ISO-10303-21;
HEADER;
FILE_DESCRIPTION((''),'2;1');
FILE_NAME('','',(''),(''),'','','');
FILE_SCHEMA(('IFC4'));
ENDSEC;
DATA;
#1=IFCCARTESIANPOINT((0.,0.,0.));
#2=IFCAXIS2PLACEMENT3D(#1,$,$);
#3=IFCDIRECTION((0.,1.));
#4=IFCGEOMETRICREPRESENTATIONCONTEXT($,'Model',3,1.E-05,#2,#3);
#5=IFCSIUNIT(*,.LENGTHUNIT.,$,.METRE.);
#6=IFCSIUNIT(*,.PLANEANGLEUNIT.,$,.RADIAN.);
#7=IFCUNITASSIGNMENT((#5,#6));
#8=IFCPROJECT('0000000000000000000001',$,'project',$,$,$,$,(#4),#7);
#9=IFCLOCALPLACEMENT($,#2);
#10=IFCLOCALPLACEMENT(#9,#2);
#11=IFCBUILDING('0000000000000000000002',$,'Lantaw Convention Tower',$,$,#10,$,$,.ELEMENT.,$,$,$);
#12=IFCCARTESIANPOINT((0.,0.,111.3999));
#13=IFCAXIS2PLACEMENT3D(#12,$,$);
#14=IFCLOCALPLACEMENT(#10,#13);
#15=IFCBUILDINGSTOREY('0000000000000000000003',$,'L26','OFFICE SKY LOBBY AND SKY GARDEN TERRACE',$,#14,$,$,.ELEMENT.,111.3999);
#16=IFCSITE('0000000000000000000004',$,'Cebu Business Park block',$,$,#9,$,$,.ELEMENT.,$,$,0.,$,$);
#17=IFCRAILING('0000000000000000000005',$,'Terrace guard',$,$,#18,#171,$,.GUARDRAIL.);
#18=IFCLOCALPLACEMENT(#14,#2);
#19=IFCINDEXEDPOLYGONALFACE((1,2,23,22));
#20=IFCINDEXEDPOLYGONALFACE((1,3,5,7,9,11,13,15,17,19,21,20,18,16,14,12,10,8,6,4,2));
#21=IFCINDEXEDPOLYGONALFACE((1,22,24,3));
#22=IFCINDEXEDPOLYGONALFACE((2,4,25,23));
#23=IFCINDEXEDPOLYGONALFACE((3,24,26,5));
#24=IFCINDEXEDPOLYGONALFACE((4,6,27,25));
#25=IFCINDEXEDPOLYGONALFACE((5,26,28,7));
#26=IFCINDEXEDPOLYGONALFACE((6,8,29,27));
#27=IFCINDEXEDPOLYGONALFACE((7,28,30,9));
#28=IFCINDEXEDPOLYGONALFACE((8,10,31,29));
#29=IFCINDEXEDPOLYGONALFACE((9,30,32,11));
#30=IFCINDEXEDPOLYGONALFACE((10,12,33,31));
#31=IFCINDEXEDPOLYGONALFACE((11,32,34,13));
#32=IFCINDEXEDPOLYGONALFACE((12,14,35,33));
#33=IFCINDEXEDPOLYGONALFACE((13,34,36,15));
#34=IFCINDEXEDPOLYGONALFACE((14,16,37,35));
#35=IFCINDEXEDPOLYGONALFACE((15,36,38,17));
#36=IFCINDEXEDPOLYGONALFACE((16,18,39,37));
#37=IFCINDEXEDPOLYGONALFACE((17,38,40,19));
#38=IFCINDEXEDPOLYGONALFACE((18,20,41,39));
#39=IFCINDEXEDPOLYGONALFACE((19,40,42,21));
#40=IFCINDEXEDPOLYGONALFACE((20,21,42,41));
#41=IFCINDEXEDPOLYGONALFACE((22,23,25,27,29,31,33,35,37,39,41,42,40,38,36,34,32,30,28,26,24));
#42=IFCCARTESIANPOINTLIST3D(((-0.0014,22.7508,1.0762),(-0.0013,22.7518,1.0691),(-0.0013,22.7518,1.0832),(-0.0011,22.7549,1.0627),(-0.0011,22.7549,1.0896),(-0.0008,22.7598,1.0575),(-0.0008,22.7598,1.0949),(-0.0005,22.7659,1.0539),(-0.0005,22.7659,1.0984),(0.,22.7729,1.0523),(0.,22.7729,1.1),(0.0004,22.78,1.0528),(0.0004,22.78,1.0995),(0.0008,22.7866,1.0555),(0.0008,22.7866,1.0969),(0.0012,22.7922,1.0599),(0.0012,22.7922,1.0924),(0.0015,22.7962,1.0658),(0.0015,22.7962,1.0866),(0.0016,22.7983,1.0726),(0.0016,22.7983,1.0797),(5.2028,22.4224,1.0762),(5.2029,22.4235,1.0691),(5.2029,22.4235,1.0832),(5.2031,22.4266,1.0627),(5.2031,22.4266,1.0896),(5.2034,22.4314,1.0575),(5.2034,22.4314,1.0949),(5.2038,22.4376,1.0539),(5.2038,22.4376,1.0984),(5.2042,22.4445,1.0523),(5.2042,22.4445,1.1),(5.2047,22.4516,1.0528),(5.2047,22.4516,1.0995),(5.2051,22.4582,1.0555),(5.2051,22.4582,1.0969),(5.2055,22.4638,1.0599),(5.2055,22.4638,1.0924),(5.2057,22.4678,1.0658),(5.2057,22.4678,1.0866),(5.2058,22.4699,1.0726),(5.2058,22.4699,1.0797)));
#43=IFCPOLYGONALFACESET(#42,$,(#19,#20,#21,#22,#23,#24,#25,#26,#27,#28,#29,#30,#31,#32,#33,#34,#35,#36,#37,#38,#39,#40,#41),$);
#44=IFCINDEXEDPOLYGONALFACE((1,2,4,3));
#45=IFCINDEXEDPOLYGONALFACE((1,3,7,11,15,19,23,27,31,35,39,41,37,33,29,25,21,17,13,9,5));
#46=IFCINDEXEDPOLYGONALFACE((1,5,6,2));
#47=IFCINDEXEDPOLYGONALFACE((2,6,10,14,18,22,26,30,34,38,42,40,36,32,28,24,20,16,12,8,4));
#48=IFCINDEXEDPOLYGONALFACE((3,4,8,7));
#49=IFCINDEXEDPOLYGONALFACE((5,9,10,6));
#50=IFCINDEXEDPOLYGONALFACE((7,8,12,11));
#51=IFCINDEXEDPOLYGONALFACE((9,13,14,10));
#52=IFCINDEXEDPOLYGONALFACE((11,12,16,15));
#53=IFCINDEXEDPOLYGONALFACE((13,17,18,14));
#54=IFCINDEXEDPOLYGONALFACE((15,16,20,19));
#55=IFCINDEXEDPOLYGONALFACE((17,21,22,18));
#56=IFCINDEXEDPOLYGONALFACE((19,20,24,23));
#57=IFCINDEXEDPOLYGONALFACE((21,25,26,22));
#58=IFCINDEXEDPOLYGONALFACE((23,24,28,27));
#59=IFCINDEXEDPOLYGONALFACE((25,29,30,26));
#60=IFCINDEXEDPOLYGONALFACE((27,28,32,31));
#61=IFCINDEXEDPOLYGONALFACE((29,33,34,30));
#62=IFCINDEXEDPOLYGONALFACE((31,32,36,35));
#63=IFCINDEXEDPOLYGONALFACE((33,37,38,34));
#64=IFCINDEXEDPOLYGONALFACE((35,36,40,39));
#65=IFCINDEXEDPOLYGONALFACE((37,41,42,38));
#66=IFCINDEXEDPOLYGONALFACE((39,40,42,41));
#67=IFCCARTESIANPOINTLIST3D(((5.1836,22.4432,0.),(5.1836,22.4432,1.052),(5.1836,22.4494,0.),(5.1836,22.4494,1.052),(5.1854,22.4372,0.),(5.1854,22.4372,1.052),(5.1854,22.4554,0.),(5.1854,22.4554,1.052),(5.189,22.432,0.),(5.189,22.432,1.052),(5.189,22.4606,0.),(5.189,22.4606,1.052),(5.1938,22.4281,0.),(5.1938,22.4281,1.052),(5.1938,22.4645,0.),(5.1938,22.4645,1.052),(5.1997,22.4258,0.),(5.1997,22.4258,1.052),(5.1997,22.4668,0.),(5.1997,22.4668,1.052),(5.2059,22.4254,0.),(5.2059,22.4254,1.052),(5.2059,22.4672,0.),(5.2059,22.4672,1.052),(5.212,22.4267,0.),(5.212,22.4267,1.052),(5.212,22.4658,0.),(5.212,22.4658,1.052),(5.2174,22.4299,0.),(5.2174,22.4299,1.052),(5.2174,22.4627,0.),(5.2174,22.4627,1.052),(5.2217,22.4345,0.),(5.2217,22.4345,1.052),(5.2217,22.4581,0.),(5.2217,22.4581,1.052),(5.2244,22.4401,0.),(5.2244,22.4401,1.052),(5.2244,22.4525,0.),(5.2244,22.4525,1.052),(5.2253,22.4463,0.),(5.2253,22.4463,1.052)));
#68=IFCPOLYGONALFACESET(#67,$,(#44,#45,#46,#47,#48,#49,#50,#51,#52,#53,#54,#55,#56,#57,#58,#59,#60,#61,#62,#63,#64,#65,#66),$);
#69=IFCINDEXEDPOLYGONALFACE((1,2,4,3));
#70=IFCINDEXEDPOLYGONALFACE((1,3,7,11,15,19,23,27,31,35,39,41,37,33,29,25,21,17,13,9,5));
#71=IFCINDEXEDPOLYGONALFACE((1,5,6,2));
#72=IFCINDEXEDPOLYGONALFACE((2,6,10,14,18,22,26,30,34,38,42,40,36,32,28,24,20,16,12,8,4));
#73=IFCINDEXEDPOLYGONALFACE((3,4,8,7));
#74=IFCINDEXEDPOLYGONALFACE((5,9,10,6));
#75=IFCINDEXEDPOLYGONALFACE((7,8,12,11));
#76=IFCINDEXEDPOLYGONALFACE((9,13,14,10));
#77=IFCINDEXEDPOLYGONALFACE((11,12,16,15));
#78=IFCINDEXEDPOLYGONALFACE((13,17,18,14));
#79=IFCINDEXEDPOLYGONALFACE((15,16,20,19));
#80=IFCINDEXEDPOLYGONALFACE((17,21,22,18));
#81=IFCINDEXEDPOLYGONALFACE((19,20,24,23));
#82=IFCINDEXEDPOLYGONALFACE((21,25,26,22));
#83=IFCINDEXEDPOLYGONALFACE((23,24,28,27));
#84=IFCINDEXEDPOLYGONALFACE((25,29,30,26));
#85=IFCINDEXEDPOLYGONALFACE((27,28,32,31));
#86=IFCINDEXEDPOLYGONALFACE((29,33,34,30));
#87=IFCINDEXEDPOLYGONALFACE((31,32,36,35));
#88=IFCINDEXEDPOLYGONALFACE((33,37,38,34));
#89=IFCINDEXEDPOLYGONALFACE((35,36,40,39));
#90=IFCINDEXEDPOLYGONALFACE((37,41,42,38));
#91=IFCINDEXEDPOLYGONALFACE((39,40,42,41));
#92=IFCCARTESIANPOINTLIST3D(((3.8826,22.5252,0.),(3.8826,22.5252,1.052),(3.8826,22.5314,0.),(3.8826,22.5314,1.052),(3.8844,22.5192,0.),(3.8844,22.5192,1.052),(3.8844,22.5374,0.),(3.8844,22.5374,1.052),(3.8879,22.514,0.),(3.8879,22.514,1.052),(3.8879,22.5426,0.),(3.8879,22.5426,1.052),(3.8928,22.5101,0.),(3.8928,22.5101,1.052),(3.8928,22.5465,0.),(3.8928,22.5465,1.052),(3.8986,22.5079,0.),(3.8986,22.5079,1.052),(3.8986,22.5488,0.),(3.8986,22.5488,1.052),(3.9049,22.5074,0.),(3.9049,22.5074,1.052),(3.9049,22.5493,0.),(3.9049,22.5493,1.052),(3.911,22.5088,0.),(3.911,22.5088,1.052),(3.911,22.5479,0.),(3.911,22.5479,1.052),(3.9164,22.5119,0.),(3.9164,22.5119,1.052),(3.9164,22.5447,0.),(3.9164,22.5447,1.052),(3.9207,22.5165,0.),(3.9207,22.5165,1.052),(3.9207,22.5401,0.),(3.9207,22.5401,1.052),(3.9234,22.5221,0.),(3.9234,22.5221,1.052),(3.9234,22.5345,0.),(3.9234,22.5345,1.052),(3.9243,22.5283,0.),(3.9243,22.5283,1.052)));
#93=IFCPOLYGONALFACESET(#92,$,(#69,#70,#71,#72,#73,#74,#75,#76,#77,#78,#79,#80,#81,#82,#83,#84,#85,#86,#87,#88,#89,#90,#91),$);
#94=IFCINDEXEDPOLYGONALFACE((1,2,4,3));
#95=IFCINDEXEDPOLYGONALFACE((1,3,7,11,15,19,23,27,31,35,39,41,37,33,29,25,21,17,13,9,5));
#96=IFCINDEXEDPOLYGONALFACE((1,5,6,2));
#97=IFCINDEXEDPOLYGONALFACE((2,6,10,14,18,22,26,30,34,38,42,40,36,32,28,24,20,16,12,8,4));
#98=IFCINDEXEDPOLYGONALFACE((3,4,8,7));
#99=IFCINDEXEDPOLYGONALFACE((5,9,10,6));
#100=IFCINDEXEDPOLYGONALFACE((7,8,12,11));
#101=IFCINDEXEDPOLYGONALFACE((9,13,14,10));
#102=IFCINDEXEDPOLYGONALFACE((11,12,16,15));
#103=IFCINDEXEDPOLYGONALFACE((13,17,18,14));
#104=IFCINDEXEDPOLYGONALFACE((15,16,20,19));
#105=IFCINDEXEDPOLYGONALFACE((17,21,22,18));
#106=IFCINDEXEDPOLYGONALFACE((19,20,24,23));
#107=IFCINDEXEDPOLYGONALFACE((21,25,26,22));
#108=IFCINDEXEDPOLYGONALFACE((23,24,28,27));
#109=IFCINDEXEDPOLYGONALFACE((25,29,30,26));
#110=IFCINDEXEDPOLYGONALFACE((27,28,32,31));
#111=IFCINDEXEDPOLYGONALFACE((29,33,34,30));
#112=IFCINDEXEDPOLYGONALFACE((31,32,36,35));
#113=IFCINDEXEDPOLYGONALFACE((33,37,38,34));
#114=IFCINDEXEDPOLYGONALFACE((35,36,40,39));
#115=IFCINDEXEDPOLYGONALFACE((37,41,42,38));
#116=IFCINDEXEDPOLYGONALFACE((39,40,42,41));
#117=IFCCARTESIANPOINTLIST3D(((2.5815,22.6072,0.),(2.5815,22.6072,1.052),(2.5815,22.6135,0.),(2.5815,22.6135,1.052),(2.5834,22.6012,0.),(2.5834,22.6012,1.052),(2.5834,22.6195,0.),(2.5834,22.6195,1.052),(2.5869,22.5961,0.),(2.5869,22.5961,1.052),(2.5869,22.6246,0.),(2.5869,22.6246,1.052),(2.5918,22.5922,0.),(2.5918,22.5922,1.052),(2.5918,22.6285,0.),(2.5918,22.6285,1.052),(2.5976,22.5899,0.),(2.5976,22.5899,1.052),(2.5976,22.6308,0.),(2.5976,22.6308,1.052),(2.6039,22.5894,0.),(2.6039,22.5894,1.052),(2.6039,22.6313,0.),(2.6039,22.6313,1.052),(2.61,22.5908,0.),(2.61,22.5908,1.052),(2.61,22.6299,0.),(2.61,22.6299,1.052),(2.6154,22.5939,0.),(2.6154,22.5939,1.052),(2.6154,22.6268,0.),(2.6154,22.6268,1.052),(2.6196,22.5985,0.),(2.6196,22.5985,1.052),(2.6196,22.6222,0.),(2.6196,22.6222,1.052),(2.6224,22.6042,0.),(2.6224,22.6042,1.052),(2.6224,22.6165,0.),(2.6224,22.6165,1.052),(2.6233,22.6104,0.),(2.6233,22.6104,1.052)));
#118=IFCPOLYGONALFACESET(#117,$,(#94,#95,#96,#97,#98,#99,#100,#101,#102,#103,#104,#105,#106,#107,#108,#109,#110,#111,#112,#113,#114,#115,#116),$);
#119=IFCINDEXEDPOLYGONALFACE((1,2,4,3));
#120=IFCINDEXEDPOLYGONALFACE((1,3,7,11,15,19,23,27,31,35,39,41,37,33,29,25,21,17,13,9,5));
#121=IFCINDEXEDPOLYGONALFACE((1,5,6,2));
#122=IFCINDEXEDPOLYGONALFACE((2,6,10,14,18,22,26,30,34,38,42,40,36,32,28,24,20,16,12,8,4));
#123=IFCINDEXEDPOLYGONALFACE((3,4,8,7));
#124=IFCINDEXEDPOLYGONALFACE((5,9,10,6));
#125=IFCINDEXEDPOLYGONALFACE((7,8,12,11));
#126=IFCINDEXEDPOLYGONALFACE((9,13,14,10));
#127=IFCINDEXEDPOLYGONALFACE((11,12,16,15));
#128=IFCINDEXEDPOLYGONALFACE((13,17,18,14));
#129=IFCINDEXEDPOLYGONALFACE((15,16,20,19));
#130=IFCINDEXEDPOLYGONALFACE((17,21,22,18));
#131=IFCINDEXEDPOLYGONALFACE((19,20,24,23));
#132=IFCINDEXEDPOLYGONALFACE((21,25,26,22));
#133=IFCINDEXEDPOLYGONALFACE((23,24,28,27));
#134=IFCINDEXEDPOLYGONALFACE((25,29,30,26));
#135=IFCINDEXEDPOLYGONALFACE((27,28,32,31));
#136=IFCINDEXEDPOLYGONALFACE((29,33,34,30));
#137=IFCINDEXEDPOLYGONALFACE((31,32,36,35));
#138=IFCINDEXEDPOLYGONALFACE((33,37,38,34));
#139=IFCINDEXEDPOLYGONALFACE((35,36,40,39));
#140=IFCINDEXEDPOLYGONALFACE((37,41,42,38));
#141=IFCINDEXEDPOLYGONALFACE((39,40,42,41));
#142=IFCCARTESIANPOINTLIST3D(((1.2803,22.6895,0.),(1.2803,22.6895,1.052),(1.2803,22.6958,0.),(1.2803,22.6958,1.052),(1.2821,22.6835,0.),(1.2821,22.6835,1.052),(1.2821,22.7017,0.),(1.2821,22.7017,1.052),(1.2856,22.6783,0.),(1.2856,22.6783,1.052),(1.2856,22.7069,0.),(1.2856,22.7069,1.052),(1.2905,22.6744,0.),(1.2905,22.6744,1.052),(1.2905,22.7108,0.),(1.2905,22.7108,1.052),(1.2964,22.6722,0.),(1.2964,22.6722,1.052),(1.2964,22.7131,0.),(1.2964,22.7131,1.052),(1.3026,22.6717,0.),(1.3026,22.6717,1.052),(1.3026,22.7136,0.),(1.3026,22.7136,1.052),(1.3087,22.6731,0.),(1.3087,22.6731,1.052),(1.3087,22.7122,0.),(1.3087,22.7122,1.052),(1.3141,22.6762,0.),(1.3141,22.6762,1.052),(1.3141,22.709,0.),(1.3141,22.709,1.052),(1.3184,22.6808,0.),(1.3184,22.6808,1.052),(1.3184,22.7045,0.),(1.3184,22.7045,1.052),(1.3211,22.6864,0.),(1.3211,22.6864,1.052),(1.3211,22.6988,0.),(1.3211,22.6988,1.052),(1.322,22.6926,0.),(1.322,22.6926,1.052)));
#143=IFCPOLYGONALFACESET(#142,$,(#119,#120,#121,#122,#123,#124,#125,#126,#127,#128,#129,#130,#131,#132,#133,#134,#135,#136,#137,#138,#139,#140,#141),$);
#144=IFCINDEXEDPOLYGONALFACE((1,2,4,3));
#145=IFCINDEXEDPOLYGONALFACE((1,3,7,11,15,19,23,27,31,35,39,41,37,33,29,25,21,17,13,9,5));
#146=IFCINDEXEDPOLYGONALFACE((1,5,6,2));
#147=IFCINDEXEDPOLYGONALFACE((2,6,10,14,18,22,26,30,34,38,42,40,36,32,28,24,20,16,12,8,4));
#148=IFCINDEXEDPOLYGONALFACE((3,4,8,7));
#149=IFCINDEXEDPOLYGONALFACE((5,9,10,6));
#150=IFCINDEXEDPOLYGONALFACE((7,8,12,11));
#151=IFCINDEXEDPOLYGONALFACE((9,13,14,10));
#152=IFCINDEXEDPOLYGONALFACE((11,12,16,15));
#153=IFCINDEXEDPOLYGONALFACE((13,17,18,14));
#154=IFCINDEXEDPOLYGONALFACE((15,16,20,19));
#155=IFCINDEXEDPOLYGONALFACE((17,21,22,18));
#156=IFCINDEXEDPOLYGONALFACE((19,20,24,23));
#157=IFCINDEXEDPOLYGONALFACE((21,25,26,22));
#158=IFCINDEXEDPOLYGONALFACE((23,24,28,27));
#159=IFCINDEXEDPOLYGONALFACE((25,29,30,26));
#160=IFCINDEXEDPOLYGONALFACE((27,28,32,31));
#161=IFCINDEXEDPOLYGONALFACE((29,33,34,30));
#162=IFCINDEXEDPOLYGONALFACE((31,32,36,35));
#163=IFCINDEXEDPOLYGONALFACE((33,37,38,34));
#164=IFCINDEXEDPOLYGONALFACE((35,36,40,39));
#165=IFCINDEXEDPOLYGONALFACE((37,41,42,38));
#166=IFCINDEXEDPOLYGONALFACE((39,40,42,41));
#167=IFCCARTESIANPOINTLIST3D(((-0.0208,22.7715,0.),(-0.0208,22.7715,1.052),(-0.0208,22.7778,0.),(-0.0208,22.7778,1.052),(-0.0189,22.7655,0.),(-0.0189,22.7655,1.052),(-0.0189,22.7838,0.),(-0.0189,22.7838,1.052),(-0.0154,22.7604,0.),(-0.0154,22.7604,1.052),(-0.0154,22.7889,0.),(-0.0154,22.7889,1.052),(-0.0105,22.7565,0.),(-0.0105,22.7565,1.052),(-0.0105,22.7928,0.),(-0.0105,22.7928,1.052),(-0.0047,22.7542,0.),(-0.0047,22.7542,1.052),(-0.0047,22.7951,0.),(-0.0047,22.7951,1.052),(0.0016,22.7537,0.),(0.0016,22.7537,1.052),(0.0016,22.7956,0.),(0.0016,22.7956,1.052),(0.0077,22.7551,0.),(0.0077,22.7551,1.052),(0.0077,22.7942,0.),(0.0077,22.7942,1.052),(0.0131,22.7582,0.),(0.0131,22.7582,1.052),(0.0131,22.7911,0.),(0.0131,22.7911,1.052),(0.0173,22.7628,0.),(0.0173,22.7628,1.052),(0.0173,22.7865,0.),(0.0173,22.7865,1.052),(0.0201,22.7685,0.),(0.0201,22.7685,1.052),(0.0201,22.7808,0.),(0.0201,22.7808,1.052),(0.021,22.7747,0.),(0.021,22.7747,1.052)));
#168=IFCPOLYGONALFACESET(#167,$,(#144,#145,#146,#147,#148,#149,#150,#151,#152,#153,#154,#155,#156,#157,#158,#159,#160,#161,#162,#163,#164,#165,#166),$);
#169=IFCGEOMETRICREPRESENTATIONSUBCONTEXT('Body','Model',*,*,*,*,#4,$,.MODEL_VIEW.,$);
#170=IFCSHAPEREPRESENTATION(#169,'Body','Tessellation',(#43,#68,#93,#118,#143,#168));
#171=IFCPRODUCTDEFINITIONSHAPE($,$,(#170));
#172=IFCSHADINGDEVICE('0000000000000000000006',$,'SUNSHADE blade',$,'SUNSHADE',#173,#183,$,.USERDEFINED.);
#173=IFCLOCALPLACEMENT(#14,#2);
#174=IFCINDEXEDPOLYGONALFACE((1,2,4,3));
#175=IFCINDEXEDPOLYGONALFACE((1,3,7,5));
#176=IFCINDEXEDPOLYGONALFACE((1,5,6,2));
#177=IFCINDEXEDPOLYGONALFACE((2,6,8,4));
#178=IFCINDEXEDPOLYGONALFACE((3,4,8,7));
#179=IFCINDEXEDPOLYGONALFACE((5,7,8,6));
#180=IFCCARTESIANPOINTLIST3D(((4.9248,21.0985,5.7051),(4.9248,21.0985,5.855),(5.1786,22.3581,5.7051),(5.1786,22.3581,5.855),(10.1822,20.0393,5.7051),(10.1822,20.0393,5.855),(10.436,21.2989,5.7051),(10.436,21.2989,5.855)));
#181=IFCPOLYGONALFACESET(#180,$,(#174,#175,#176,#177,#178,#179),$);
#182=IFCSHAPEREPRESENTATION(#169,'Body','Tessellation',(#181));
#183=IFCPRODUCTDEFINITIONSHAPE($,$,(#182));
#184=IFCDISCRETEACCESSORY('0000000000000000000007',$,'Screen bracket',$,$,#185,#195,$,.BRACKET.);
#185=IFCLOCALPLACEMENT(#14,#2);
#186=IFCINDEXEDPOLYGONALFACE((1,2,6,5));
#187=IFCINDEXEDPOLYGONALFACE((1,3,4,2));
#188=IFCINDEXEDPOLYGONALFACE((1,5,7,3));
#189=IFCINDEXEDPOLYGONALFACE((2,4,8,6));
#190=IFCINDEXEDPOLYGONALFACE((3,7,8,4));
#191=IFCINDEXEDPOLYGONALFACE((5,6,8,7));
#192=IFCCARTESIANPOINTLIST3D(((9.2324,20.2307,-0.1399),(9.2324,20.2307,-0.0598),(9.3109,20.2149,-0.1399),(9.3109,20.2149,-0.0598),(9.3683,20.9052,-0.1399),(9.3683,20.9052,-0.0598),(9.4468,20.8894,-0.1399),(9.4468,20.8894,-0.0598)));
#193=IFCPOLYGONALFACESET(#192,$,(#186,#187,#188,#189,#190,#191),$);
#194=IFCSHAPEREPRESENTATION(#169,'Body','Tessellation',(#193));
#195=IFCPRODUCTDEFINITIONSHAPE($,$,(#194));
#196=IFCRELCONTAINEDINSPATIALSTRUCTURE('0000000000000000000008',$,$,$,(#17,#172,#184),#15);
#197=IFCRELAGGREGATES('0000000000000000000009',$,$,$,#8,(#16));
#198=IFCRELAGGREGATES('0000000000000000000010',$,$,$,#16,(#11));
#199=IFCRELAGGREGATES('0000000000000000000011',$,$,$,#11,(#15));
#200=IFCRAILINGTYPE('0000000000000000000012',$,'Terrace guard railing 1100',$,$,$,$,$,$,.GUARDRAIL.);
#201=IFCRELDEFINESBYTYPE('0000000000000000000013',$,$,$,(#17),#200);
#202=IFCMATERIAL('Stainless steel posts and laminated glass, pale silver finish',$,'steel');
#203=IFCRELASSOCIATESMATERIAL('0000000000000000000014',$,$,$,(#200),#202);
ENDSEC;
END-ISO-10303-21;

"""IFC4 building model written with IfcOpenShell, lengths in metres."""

from ifc_helpers import new_model, si_unit, direction, frame, origin, origin_2d, place, context, subcontext, project, spatial, rectangle, circle, extrude, material, type_object, element, save


model = new_model("IFC4")

# Units and contexts
model_context = context("Model", 3, precision=1e-05, world=origin(), true_north=direction((0.0, 1.0)))
body_context = subcontext(model_context, "Body", "Model", "MODEL_VIEW")
ifc_project = project(units=[si_unit("LENGTHUNIT", "METRE"), si_unit("PLANEANGLEUNIT", "RADIAN")], contexts=[model_context])

# Site, building, storey
site_placement = place(None, origin())
site = spatial("IfcSite", under=ifc_project, at=site_placement, Name="Cebu Business Park block", CompositionType="ELEMENT", RefElevation=0.0)
building_placement = place(site_placement, origin())
building = spatial("IfcBuilding", under=site, at=building_placement, Name="Lantaw Convention Tower", CompositionType="ELEMENT")
storey_placement = place(building_placement, frame((0.0, 0.0, 111.3999)))
storey = spatial("IfcBuildingStorey", under=building, at=storey_placement, Name="L26", Description="OFFICE SKY LOBBY AND SKY GARDEN TERRACE", CompositionType="ELEMENT", Elevation=111.3999)

# Railing
ifc_material_1 = material(Name="Stainless steel posts and laminated glass, pale silver finish", Category="steel")
railing_type = type_object("IfcRailingType", Name="Terrace guard railing 1100", PredefinedType="GUARDRAIL", material=ifc_material_1)
railing_1_placement = place(storey_placement, frame((5.2043, 22.4463, 0.0)))
element("IfcRailing", 1, at=railing_1_placement, inside=storey, type_object=railing_type, Name="Terrace guard", PredefinedType="GUARDRAIL", context=body_context, shape_type="SweptSolid", body=[
    extrude(circle(Radius=0.0239, at=origin_2d()), frame((0.0, 0.0, 1.0762), z_axis=(-0.998015, 0.06297, 0.0), x_axis=(-0.06297, -0.998015, 0.0)), (0.0, 0.0, 1.0), 5.2146),
    extrude(circle(Radius=0.021, at=origin_2d()), origin(), (0.0, 0.0, 1.0), 1.052),
    extrude(circle(Radius=0.021, at=origin_2d()), frame((-1.301, 0.082, 0.0)), (0.0, 0.0, 1.0), 1.052),
    extrude(circle(Radius=0.021, at=origin_2d()), frame((-2.6021, 0.1641, 0.0)), (0.0, 0.0, 1.0), 1.052),
    extrude(circle(Radius=0.021, at=origin_2d()), frame((-3.9033, 0.2463, 0.0)), (0.0, 0.0, 1.0), 1.052),
    extrude(circle(Radius=0.021, at=origin_2d()), frame((-5.2043, 0.3284, 0.0)), (0.0, 0.0, 1.0), 1.052),
])

# Shading device
shading_device_placement = place(storey_placement, frame((7.6804, 21.1987, 5.7051), z_axis=(0.0, 0.0, 1.0), x_axis=(-0.980302, 0.197507, 0.0)))
element("IfcShadingDevice", 2, at=shading_device_placement, inside=storey, Name="SUNSHADE blade", ObjectType="SUNSHADE", PredefinedType="USERDEFINED", context=body_context, shape_type="SweptSolid", body=[
    extrude(rectangle(XDim=5.363, YDim=1.2849, at=origin_2d()), origin(), (0.0, 0.0, 1.0), 0.1499),
])

# Discrete accessory
discrete_accessory_placement = place(storey_placement, frame((9.3396, 20.5601, -0.1399), z_axis=(0.0, 0.0, 1.0), x_axis=(-0.980302, 0.197507, 0.0)))
element("IfcDiscreteAccessory", 3, at=discrete_accessory_placement, inside=storey, Name="Screen bracket", PredefinedType="BRACKET", context=body_context, shape_type="SweptSolid", body=[
    extrude(rectangle(XDim=0.0801, YDim=0.688, at=origin_2d()), origin(), (0.0, 0.0, 1.0), 0.0801),
])

save(model, "model.ifc")
